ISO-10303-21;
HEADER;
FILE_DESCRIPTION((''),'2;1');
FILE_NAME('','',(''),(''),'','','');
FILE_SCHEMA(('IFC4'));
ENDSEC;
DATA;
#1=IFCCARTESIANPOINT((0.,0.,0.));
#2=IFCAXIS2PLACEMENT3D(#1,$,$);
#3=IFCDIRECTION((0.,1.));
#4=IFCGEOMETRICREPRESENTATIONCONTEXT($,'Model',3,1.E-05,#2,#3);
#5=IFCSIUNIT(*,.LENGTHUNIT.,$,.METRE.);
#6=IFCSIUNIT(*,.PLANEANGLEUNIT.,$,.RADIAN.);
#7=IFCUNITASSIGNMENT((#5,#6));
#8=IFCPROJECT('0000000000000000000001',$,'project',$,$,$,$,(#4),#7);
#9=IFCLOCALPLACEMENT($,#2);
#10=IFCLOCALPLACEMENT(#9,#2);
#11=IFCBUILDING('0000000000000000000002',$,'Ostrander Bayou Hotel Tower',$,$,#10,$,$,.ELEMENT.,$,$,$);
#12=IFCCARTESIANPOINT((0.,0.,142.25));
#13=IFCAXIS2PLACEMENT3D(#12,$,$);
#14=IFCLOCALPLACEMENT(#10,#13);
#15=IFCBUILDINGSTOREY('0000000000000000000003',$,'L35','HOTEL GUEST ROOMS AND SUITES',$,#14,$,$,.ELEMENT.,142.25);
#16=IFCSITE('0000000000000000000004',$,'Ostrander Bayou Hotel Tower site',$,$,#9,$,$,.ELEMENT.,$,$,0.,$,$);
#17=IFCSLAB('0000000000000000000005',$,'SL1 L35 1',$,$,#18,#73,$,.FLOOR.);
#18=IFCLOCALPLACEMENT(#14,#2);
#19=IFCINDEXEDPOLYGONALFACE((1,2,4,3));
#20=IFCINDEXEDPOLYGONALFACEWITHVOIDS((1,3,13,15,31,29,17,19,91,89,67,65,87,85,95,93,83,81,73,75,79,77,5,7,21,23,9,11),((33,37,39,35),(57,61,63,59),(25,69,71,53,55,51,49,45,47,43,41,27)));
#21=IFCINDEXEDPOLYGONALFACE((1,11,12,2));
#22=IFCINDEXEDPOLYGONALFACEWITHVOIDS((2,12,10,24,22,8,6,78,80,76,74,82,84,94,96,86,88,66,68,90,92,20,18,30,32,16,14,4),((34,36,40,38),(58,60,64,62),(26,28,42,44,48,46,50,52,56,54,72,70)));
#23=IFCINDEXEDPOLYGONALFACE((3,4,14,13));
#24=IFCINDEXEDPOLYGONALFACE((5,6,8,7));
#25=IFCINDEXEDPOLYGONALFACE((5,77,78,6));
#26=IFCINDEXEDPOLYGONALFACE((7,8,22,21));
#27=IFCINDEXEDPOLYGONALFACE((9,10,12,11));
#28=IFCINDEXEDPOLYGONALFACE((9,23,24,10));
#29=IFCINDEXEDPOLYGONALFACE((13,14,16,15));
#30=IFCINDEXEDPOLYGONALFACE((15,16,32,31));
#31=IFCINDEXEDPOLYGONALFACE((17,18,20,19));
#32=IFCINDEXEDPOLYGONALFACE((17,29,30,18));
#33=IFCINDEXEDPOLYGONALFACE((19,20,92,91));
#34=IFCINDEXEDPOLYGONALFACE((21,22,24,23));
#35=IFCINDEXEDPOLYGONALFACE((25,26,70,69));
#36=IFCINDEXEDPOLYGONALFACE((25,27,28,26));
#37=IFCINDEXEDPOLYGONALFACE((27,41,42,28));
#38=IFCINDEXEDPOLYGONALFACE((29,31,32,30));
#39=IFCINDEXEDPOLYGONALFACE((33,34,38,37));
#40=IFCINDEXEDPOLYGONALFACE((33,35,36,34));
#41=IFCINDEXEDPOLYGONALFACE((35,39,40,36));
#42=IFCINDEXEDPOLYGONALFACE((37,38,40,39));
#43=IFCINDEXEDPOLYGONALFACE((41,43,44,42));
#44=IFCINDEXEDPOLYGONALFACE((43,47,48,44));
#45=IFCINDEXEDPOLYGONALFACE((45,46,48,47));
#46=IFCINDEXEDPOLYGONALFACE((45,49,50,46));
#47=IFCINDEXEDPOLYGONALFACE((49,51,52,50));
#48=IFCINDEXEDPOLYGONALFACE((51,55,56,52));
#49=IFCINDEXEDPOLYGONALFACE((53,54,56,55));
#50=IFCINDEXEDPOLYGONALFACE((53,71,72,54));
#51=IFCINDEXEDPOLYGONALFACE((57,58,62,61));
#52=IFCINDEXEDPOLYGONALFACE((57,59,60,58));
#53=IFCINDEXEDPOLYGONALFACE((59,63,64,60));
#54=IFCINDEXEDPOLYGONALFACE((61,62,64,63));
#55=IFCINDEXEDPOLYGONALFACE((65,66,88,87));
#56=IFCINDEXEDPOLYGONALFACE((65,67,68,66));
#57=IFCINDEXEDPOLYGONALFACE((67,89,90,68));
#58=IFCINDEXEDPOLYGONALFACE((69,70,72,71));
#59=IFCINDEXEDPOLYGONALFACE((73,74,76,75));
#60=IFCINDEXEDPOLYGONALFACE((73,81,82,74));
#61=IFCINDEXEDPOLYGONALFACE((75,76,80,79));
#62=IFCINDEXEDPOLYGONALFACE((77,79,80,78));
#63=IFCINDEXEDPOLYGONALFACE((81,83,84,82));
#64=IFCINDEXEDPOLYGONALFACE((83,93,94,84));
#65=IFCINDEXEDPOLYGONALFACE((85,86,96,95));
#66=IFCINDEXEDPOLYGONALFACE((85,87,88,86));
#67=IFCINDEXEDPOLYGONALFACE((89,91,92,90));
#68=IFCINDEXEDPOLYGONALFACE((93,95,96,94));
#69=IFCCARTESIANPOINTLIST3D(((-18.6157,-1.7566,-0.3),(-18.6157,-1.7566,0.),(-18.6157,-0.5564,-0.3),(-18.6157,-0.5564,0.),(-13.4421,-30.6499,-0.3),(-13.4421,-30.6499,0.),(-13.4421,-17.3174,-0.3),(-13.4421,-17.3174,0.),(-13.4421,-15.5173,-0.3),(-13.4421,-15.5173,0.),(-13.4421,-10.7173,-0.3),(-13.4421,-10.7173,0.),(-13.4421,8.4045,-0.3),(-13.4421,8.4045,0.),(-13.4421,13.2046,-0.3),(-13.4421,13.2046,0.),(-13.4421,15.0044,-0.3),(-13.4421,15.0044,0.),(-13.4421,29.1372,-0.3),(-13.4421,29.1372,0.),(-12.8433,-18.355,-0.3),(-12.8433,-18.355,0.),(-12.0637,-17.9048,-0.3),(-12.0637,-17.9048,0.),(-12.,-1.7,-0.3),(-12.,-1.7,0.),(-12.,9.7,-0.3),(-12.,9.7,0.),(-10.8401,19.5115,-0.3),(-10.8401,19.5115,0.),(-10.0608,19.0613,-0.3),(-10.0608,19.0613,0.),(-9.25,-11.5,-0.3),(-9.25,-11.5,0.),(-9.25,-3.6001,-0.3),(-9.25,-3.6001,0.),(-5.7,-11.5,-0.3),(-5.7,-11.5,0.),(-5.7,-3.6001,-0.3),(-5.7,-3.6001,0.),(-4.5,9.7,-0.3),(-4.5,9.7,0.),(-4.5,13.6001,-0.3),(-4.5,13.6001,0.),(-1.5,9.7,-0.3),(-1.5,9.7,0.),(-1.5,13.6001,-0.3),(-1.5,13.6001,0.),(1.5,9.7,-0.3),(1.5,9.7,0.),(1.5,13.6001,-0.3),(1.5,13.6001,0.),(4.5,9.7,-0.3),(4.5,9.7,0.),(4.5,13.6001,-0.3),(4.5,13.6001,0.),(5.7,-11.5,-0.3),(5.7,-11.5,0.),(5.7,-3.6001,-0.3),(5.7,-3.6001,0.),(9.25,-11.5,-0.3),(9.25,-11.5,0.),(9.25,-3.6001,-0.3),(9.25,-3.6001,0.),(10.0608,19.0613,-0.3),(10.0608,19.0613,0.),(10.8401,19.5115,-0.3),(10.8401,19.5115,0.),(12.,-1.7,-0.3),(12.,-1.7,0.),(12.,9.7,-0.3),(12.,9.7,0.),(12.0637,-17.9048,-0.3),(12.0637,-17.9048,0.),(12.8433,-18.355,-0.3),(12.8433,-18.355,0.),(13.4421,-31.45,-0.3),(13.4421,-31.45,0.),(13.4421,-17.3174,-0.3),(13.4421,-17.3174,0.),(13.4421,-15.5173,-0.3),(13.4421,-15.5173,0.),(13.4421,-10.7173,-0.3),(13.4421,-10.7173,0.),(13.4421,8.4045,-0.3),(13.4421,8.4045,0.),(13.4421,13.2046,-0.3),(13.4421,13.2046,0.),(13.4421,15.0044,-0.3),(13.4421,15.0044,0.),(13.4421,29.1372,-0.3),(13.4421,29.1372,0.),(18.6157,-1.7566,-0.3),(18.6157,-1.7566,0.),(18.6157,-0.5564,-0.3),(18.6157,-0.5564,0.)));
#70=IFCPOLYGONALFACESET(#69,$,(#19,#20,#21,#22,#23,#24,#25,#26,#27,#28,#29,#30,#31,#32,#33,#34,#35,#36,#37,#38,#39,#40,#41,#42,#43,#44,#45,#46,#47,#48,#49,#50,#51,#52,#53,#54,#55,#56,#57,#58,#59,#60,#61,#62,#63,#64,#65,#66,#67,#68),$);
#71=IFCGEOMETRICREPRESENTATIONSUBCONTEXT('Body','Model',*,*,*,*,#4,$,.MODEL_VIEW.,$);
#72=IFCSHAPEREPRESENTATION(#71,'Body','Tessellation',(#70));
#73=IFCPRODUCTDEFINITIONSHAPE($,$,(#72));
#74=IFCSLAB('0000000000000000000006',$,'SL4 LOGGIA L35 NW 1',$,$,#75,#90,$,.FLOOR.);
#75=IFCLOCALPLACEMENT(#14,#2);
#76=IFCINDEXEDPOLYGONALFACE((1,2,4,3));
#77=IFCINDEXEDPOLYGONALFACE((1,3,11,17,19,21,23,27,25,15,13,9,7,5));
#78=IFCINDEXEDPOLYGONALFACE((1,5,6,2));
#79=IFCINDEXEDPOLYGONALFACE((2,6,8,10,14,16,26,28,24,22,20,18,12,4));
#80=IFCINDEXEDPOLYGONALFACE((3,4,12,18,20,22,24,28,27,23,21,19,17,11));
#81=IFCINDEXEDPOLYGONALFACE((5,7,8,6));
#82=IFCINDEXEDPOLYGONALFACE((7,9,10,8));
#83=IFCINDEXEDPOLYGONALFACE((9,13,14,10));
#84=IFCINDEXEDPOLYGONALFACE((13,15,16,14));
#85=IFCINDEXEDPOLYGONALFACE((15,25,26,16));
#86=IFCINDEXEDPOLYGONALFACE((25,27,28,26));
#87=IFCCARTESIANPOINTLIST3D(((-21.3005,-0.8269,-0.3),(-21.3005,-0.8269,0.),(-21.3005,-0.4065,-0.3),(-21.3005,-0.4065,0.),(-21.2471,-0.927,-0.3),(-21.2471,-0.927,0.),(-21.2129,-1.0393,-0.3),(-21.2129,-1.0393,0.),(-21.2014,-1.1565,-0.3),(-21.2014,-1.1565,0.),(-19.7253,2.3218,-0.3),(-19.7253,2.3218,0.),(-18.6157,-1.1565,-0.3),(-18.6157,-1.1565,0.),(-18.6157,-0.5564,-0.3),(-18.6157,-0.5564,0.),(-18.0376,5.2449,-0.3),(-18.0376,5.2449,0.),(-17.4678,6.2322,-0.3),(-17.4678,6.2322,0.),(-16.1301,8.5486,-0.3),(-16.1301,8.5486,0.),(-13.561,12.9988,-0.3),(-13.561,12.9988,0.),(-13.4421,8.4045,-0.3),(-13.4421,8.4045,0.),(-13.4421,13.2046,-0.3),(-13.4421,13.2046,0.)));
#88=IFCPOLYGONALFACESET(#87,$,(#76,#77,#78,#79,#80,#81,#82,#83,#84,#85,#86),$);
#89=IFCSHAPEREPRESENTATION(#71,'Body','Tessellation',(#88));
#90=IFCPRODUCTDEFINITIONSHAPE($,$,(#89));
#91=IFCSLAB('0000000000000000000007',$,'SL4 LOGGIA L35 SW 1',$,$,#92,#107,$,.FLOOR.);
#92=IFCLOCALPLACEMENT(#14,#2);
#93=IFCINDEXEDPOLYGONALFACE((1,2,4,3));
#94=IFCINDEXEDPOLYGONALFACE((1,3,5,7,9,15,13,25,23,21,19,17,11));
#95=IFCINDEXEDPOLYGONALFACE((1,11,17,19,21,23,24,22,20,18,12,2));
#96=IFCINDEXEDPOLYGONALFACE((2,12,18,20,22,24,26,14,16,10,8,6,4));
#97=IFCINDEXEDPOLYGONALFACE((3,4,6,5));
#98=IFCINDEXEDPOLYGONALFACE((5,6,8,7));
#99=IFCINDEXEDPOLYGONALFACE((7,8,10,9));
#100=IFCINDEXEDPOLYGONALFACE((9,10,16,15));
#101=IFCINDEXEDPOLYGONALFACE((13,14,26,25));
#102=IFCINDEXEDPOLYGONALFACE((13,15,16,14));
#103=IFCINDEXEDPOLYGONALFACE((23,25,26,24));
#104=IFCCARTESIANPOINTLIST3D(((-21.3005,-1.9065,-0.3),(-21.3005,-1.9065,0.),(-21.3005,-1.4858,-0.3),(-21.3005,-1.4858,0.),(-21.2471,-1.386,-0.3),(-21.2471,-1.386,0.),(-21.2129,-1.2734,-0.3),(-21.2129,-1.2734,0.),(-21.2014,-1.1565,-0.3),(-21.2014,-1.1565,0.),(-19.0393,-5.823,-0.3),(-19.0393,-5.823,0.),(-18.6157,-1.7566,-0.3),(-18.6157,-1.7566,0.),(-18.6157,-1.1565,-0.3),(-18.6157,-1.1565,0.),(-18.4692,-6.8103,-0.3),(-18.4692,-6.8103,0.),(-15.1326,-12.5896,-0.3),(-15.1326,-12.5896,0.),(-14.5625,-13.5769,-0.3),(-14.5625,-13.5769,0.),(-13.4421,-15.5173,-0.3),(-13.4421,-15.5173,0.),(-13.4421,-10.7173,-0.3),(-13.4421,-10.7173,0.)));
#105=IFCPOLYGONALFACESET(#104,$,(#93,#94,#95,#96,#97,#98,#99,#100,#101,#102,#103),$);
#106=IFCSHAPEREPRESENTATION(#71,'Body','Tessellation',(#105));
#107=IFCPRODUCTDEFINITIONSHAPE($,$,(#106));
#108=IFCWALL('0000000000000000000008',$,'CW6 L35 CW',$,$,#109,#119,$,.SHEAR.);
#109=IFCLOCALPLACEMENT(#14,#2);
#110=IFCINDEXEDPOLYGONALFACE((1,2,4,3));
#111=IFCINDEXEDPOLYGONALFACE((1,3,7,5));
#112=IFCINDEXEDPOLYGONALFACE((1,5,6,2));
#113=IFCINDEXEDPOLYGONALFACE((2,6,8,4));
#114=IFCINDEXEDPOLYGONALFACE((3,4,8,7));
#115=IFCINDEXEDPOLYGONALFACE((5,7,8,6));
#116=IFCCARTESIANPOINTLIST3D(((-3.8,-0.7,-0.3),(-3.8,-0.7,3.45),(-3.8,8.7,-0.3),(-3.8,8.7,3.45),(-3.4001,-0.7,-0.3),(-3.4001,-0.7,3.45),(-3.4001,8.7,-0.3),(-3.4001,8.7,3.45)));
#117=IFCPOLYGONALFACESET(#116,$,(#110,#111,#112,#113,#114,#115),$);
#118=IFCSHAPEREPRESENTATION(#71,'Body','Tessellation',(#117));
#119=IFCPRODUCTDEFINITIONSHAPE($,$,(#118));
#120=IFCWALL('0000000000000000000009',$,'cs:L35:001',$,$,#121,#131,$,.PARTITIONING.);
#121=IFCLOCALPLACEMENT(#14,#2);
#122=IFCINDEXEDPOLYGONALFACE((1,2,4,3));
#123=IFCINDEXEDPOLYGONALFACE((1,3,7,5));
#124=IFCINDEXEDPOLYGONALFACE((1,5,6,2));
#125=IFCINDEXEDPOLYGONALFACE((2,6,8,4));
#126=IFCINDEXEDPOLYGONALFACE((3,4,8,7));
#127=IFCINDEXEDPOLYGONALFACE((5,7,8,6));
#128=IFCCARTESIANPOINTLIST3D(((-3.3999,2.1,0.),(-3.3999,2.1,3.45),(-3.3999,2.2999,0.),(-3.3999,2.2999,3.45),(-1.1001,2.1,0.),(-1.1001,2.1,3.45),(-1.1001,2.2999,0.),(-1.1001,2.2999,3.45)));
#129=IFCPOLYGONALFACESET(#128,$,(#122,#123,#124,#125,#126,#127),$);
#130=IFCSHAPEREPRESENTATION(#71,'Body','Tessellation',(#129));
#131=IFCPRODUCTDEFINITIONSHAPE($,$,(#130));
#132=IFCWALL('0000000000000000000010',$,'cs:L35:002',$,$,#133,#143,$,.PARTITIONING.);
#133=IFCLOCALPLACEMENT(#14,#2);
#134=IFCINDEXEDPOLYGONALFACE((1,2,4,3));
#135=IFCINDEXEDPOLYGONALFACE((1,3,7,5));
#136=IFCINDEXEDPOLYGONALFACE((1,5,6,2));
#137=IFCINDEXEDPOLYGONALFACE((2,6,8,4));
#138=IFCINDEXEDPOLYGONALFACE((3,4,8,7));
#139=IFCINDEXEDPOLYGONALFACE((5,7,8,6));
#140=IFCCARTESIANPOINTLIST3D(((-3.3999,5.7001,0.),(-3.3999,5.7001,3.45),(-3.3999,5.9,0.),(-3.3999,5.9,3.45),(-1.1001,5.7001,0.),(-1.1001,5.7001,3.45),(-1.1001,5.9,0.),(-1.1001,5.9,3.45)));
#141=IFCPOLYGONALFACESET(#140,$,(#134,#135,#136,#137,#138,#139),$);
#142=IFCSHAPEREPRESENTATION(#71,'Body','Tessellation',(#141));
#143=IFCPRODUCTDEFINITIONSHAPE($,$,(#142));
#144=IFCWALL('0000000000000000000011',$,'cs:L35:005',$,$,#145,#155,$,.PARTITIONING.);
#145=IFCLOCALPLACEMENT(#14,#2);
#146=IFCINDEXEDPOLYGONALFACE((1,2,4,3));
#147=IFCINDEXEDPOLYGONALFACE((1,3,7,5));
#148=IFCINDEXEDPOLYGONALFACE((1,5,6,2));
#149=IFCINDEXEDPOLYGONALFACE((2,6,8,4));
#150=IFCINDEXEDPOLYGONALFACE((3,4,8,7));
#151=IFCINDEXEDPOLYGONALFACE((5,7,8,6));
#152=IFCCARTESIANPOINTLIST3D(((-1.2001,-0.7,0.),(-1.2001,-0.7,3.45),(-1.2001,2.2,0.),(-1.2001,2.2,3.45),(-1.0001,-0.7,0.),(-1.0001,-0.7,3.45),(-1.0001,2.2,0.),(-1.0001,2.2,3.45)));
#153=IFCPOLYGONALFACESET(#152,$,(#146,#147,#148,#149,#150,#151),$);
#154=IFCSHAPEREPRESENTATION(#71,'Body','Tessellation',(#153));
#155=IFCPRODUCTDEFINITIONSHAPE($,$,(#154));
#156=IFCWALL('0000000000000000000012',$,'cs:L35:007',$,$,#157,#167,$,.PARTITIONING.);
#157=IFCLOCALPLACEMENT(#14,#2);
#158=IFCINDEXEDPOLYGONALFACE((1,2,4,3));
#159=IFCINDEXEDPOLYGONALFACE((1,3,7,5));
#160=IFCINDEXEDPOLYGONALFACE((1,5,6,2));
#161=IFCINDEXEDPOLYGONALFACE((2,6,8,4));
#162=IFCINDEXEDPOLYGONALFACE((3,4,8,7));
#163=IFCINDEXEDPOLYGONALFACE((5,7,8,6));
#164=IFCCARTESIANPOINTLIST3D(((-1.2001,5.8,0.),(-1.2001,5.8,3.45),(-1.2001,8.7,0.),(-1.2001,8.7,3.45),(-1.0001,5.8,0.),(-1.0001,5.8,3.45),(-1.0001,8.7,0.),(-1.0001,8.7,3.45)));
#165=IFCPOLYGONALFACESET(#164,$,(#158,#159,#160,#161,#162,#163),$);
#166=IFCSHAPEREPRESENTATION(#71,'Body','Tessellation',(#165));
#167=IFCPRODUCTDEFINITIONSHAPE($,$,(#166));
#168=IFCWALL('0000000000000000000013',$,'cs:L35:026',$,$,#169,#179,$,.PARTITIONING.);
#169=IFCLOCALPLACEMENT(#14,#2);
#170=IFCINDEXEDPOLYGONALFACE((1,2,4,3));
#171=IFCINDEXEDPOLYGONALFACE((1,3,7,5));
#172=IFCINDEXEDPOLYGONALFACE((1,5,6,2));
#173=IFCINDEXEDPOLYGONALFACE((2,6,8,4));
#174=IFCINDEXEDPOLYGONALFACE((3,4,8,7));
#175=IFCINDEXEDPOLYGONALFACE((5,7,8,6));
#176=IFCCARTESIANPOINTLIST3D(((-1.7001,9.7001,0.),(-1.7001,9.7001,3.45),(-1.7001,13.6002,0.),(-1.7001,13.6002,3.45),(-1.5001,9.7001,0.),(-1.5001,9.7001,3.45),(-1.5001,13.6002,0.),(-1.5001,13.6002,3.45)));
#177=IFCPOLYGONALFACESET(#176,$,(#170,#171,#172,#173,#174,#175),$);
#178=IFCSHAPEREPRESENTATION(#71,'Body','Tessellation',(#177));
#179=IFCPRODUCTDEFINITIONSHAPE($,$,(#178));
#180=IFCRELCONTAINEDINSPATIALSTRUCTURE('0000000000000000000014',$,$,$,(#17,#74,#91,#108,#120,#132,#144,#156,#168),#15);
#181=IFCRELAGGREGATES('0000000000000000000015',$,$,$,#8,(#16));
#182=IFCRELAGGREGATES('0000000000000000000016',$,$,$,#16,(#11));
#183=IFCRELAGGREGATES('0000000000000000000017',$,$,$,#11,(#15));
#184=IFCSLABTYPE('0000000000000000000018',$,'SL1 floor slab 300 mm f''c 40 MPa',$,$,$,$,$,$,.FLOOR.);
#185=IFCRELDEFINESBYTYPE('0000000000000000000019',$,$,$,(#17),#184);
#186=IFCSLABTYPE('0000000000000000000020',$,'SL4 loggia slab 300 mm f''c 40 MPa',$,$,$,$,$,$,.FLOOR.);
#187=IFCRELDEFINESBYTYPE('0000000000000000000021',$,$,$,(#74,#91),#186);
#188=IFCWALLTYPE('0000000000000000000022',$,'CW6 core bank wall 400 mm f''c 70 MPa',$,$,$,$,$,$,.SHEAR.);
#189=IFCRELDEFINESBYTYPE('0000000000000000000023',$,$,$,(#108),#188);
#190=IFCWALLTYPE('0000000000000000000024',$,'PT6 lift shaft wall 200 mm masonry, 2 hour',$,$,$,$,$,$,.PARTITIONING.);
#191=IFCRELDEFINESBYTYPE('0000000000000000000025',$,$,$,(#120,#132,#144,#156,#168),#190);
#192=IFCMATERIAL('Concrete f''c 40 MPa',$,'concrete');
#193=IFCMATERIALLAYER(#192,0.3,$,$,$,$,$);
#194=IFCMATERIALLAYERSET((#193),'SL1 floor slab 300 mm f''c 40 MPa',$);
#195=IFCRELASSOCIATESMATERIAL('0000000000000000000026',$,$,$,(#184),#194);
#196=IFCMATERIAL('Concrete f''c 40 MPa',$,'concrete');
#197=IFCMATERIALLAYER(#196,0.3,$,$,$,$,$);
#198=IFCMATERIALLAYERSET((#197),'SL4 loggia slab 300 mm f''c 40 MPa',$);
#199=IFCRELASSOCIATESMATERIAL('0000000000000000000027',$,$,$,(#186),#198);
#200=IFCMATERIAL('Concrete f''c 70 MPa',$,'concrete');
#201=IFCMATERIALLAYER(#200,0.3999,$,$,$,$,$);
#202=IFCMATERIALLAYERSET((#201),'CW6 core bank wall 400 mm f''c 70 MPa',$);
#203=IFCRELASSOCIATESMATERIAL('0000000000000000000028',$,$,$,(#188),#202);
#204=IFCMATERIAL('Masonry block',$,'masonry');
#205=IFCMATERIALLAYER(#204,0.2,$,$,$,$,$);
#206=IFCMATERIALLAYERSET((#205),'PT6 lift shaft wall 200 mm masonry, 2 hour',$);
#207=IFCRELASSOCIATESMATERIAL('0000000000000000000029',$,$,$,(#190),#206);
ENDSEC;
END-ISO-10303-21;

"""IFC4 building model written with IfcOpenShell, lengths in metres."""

from ifc_helpers import new_model, si_unit, direction, frame, frame_2d, origin, place, context, subcontext, project, spatial, polyline, rectangle, outline, extrude, material, layer, layer_set, type_object, element, save


model = new_model("IFC4")

# Units and contexts
model_context = context("Model", 3, precision=1e-05, world=origin(), true_north=direction((0.0, 1.0)))
body_context = subcontext(model_context, "Body", "Model", "MODEL_VIEW")
ifc_project = project(units=[si_unit("LENGTHUNIT", "METRE"), si_unit("PLANEANGLEUNIT", "RADIAN")], contexts=[model_context])

# Site, building, storey
site_placement = place(None, origin())
site = spatial("IfcSite", under=ifc_project, at=site_placement, Name="Ostrander Bayou Hotel Tower site", CompositionType="ELEMENT", RefElevation=0.0)
building_placement = place(site_placement, origin())
building = spatial("IfcBuilding", under=site, at=building_placement, Name="Ostrander Bayou Hotel Tower", CompositionType="ELEMENT")
storey_placement = place(building_placement, frame((0.0, 0.0, 142.25)))
storey = spatial("IfcBuildingStorey", under=building, at=storey_placement, Name="L35", Description="HOTEL GUEST ROOMS AND SUITES", CompositionType="ELEMENT", Elevation=142.25)

# Slabs
ifc_material_1 = material(Name="Concrete f'c 40 MPa", Category="concrete")
ifc_layer_1 = layer(ifc_material_1, 0.3)
ifc_layer_set_1 = layer_set([ifc_layer_1], Name="SL1 floor slab 300 mm f'c 40 MPa")
slab_type_1 = type_object("IfcSlabType", Name="SL1 floor slab 300 mm f'c 40 MPa", PredefinedType="FLOOR", material=ifc_layer_set_1)
slab_1_placement = place(storey_placement, frame((0.0, 0.0, -0.3)))
element("IfcSlab", 1, at=slab_1_placement, inside=storey, type_object=slab_type_1, Name="SL1 L35 1", PredefinedType="FLOOR", context=body_context, shape_type="SweptSolid", body=[
    extrude(outline(polyline([(-12.8433, -18.355), (-12.0637, -17.9048), (-13.4421, -15.5173), (-13.4421, -10.7173), (-18.6157, -1.7566), (-18.6157, -0.5564), (-13.4421, 8.4045), (-13.4421, 13.2046), (-10.0608, 19.0613), (-10.8401, 19.5115), (-13.4421, 15.0044), (-13.4421, 29.1372), (13.4421, 29.1372), (13.4421, 15.0044), (10.8401, 19.5115), (10.0608, 19.0613), (13.4421, 13.2046), (13.4421, 8.4045), (18.6157, -0.5564), (18.6157, -1.7566), (13.4421, -10.7173), (13.4421, -15.5173), (12.0637, -17.9048), (12.8433, -18.355), (13.4421, -17.3174), (13.4421, -31.45), (-13.4421, -30.6499), (-13.4421, -17.3174), (-12.8433, -18.355)]), holes=[polyline([(-12.0, -1.7), (12.0, -1.7), (12.0, 9.7), (4.5, 9.7), (4.5, 13.6001), (1.5, 13.6001), (1.5, 9.7), (-1.5, 9.7), (-1.5, 13.6001), (-4.5, 13.6001), (-4.5, 9.7), (-12.0, 9.7), (-12.0, -1.7)]), polyline([(9.25, -3.6001), (5.7, -3.6001), (5.7, -11.5), (9.25, -11.5), (9.25, -3.6001)]), polyline([(-5.7, -3.6001), (-9.25, -3.6001), (-9.25, -11.5), (-5.7, -11.5), (-5.7, -3.6001)])]), origin(), (0.0, 0.0, 1.0), 0.3),
])
ifc_material_2 = material(Name="Concrete f'c 40 MPa", Category="concrete")
ifc_layer_2 = layer(ifc_material_2, 0.3)
ifc_layer_set_2 = layer_set([ifc_layer_2], Name="SL4 loggia slab 300 mm f'c 40 MPa")
slab_type_2 = type_object("IfcSlabType", Name="SL4 loggia slab 300 mm f'c 40 MPa", PredefinedType="FLOOR", material=ifc_layer_set_2)
slab_2_placement = place(storey_placement, frame((0.0, 0.0, -0.3)))
element("IfcSlab", 2, at=slab_2_placement, inside=storey, type_object=slab_type_2, Name="SL4 LOGGIA L35 NW 1", PredefinedType="FLOOR", context=body_context, shape_type="SweptSolid", body=[
    extrude(outline(polyline([(-16.1301, 8.5486), (-13.561, 12.9988), (-13.4421, 13.2046), (-13.4421, 8.4045), (-18.6157, -0.5564), (-18.6157, -1.1565), (-21.2014, -1.1565), (-21.2129, -1.0393), (-21.2471, -0.927), (-21.3005, -0.8269), (-21.3005, -0.4065), (-19.7253, 2.3218), (-18.0376, 5.2449), (-17.4678, 6.2322), (-16.1301, 8.5486)])), origin(), (0.0, 0.0, 1.0), 0.3),
])
slab_3_placement = place(storey_placement, frame((0.0, 0.0, -0.3)))
element("IfcSlab", 3, at=slab_3_placement, inside=storey, type_object=slab_type_2, Name="SL4 LOGGIA L35 SW 1", PredefinedType="FLOOR", context=body_context, shape_type="SweptSolid", body=[
    extrude(outline(polyline([(-13.4421, -15.5173), (-14.5625, -13.5769), (-15.1326, -12.5896), (-18.4692, -6.8103), (-19.0393, -5.823), (-21.3005, -1.9065), (-21.3005, -1.4858), (-21.2471, -1.386), (-21.2129, -1.2734), (-21.2014, -1.1565), (-18.6157, -1.1565), (-18.6157, -1.7566), (-13.4421, -10.7173), (-13.4421, -15.5173)])), origin(), (0.0, 0.0, 1.0), 0.3),
])

# Wall
ifc_material_3 = material(Name="Concrete f'c 70 MPa", Category="concrete")
ifc_layer_3 = layer(ifc_material_3, 0.3999)
ifc_layer_set_3 = layer_set([ifc_layer_3], Name="CW6 core bank wall 400 mm f'c 70 MPa")
wall_type_1 = type_object("IfcWallType", Name="CW6 core bank wall 400 mm f'c 70 MPa", PredefinedType="SHEAR", material=ifc_layer_set_3)
wall_1_placement = place(storey_placement, frame((-3.6001, -0.7, -0.3), z_axis=(0.0, 0.0, 1.0), x_axis=(0.0, 1.0, 0.0)))
element("IfcWall", 4, at=wall_1_placement, inside=storey, type_object=wall_type_1, Name="CW6 L35 CW", PredefinedType="SHEAR", context=body_context, shape_type="SweptSolid", body=[
    extrude(rectangle(XDim=9.3999, YDim=0.3999, at=frame_2d((4.7, 0.0))), origin(), (0.0, 0.0, 1.0), 3.75),
])

# Walls
ifc_material_4 = material(Name="Masonry block", Category="masonry")
ifc_layer_4 = layer(ifc_material_4, 0.2)
ifc_layer_set_4 = layer_set([ifc_layer_4], Name="PT6 lift shaft wall 200 mm masonry, 2 hour")
wall_type_2 = type_object("IfcWallType", Name="PT6 lift shaft wall 200 mm masonry, 2 hour", PredefinedType="PARTITIONING", material=ifc_layer_set_4)
for number, where, z_axis, x_axis, name in (
    (5, (-3.3999, 2.2, 0.0), (0.0, 0.0, 1.0), (1.0, 0.0, 0.0), "cs:L35:001"),
    (6, (-3.3999, 5.8, 0.0), (0.0, 0.0, 1.0), (1.0, 0.0, 0.0), "cs:L35:002"),
):
    element("IfcWall", number, at=place(storey_placement, frame(where, z_axis=z_axis, x_axis=x_axis)), inside=storey, type_object=wall_type_2, Name=name, PredefinedType="PARTITIONING", context=body_context, shape_type="SweptSolid", body=[
        extrude(rectangle(XDim=2.2998, YDim=0.2, at=frame_2d((1.1499, 0.0))), origin(), (0.0, 0.0, 1.0), 3.45),
    ])
for number, where, z_axis, x_axis, name in (
    (7, (-1.1001, -0.7, 0.0), (0.0, 0.0, 1.0), (0.0, 1.0, 0.0), "cs:L35:005"),
    (8, (-1.1001, 5.8, 0.0), (0.0, 0.0, 1.0), (0.0, 1.0, 0.0), "cs:L35:007"),
):
    element("IfcWall", number, at=place(storey_placement, frame(where, z_axis=z_axis, x_axis=x_axis)), inside=storey, type_object=wall_type_2, Name=name, PredefinedType="PARTITIONING", context=body_context, shape_type="SweptSolid", body=[
        extrude(rectangle(XDim=2.8999, YDim=0.2, at=frame_2d((1.45, 0.0))), origin(), (0.0, 0.0, 1.0), 3.45),
    ])
wall_2_placement = place(storey_placement, frame((-1.6001, 9.7, 0.0), z_axis=(0.0, 0.0, 1.0), x_axis=(0.0, 1.0, 0.0)))
element("IfcWall", 9, at=wall_2_placement, inside=storey, type_object=wall_type_2, Name="cs:L35:026", PredefinedType="PARTITIONING", context=body_context, shape_type="SweptSolid", body=[
    extrude(rectangle(XDim=3.9001, YDim=0.2, at=frame_2d((1.9502, 0.0))), origin(), (0.0, 0.0, 1.0), 3.45),
])

save(model, "model.ifc")
